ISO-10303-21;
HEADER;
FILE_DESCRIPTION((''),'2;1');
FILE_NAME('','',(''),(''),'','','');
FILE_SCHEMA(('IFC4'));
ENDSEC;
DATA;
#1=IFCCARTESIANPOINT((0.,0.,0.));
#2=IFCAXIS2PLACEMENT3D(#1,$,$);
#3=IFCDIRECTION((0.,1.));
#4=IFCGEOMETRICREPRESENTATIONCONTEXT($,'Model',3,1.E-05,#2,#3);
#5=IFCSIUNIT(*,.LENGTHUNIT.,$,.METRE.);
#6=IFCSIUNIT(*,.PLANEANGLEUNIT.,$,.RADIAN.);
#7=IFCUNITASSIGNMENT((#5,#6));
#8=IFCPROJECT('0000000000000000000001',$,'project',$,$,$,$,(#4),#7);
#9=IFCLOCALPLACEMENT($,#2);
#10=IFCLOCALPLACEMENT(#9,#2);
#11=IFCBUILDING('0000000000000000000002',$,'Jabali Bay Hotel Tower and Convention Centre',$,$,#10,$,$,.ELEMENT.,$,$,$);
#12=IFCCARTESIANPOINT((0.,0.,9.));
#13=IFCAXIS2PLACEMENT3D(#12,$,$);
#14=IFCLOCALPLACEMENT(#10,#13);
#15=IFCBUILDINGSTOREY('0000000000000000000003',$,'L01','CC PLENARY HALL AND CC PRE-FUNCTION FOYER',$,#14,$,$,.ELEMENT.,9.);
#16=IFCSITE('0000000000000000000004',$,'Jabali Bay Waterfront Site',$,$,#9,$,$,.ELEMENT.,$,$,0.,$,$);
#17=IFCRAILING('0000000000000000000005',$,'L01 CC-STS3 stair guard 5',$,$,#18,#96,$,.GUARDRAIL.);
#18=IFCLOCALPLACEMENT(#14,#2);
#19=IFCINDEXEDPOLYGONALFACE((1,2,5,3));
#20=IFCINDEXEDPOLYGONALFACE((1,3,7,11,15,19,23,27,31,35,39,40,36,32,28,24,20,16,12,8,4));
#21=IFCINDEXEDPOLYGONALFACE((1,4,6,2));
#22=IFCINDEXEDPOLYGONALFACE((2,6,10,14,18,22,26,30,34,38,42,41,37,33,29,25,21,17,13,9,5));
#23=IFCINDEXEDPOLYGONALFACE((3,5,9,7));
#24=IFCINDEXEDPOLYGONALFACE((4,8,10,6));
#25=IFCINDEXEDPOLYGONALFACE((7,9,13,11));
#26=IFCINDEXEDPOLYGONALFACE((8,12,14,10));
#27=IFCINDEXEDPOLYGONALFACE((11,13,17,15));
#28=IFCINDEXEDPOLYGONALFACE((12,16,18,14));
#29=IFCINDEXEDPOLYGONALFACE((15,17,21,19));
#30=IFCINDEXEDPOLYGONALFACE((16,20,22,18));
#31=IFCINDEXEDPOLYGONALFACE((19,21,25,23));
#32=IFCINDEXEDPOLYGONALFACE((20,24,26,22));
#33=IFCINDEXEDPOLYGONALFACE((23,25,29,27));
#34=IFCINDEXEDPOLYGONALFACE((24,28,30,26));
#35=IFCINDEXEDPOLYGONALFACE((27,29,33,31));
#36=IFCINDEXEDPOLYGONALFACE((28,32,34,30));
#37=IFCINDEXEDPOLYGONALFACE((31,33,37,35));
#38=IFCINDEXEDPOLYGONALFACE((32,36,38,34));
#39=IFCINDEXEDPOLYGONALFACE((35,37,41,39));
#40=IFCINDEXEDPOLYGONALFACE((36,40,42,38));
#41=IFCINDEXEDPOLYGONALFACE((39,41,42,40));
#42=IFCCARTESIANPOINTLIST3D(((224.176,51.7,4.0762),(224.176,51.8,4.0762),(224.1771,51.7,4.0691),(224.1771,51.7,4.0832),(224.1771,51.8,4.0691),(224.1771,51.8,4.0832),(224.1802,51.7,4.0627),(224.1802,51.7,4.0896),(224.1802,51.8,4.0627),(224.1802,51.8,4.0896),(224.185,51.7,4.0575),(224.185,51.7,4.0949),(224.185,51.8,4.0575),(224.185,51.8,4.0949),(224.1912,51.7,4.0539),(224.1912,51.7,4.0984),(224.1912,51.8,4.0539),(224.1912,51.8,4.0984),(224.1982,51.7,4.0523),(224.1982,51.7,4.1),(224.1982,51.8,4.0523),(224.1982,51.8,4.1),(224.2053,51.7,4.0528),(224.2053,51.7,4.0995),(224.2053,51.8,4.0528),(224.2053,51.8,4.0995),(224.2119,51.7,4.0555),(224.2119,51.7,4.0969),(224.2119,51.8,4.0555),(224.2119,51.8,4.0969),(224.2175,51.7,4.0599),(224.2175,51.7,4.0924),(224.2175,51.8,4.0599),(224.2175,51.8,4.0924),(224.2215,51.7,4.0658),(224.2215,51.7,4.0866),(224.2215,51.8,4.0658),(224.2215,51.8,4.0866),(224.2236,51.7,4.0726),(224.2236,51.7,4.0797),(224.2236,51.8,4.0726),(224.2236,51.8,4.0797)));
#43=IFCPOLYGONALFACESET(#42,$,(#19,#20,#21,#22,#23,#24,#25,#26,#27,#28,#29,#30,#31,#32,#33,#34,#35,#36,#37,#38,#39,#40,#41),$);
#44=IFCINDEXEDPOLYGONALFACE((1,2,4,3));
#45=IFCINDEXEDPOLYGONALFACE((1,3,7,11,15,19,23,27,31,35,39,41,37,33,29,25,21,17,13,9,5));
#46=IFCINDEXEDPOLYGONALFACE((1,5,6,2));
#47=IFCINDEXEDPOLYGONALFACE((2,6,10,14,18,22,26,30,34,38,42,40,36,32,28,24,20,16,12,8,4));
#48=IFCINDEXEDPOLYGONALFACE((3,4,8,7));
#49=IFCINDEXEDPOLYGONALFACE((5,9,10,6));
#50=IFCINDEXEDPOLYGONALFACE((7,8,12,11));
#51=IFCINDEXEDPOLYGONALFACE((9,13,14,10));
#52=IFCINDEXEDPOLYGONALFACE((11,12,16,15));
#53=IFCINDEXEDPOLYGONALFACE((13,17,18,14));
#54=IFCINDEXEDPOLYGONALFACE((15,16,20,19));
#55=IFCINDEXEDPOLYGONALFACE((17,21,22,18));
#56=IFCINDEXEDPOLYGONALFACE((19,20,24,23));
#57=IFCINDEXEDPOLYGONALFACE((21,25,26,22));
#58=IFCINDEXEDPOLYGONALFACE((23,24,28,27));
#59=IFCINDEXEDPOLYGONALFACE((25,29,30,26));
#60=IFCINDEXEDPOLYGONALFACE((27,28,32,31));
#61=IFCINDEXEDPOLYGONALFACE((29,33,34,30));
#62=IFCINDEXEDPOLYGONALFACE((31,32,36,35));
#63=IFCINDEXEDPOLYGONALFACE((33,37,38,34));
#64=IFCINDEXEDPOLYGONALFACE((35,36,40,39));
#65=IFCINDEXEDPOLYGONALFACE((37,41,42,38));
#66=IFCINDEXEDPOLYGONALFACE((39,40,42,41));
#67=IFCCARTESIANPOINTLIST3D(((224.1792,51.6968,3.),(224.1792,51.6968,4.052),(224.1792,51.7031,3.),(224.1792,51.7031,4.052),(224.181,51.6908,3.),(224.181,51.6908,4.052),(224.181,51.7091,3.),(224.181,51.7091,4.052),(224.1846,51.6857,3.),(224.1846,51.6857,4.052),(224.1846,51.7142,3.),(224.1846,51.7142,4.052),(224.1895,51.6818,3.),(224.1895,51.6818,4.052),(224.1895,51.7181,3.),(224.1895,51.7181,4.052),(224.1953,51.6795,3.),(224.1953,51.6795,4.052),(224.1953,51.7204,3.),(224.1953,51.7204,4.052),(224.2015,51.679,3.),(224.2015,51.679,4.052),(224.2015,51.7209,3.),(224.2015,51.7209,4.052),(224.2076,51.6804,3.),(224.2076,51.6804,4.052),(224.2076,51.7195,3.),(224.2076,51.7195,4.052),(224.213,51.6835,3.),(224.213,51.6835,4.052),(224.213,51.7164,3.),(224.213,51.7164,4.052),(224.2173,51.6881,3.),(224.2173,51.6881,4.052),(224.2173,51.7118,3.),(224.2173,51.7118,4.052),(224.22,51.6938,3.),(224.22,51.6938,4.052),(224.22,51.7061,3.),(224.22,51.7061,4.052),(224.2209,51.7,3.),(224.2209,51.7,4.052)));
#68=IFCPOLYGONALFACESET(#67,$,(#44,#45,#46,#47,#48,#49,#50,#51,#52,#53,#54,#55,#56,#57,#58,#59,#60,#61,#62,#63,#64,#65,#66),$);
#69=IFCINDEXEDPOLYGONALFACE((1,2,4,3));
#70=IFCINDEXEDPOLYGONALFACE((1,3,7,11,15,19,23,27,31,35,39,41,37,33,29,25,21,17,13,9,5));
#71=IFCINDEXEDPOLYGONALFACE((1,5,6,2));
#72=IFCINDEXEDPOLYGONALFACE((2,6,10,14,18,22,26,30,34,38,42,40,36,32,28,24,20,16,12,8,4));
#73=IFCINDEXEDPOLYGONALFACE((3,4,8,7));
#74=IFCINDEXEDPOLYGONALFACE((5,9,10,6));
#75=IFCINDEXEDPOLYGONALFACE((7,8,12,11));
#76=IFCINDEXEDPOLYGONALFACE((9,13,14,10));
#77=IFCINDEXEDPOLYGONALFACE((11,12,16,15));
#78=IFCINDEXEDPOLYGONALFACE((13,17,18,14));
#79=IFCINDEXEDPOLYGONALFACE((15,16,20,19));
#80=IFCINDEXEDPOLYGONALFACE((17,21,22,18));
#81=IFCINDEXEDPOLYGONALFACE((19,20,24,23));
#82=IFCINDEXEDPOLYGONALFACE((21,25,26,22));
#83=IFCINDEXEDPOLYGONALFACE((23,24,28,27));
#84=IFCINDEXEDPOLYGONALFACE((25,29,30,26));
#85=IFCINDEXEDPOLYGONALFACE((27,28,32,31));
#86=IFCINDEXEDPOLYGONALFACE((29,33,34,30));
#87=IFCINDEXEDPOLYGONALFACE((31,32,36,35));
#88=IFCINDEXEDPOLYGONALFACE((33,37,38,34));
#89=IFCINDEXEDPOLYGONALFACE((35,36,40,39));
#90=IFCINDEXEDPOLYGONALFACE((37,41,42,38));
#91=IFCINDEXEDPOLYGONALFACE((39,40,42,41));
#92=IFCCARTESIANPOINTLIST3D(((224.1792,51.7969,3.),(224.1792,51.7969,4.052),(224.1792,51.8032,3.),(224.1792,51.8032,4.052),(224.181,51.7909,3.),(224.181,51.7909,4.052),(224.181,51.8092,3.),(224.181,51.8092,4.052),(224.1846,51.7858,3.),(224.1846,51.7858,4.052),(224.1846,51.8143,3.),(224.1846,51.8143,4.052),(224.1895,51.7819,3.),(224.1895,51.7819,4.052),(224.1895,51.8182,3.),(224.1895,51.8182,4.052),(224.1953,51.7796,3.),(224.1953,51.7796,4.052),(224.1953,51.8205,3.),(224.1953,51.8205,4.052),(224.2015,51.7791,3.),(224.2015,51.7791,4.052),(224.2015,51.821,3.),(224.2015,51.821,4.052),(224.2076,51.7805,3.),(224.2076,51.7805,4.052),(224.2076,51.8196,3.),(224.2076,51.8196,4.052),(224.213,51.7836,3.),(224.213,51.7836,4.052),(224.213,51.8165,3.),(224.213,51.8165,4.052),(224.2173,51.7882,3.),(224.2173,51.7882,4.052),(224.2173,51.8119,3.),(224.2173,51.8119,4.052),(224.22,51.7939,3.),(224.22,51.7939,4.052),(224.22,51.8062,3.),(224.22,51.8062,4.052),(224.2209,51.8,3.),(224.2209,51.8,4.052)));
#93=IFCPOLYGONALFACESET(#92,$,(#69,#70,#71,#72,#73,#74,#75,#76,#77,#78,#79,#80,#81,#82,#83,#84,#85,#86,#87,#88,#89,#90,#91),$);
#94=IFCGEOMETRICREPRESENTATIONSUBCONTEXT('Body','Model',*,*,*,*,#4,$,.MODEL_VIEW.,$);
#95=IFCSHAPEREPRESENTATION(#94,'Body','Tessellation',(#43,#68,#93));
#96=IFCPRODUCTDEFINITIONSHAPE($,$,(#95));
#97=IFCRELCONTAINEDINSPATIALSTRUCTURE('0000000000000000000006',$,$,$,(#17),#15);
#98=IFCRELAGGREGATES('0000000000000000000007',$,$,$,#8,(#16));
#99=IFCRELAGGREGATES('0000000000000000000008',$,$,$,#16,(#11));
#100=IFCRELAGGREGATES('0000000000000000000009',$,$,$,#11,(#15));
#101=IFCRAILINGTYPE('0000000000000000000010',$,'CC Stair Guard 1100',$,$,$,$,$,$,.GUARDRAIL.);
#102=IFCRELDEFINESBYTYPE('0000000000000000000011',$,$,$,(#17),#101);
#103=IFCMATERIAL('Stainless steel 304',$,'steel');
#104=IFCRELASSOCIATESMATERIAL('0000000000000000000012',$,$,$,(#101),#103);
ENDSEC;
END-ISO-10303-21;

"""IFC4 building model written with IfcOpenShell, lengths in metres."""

from ifc_helpers import new_model, si_unit, direction, frame, origin, origin_2d, place, context, subcontext, project, spatial, circle, extrude, material, type_object, element, save


model = new_model("IFC4")

# Units and contexts
model_context = context("Model", 3, precision=1e-05, world=origin(), true_north=direction((0.0, 1.0)))
body_context = subcontext(model_context, "Body", "Model", "MODEL_VIEW")
ifc_project = project(units=[si_unit("LENGTHUNIT", "METRE"), si_unit("PLANEANGLEUNIT", "RADIAN")], contexts=[model_context])

# Site, building, storey
site_placement = place(None, origin())
site = spatial("IfcSite", under=ifc_project, at=site_placement, Name="Jabali Bay Waterfront Site", CompositionType="ELEMENT", RefElevation=0.0)
building_placement = place(site_placement, origin())
building = spatial("IfcBuilding", under=site, at=building_placement, Name="Jabali Bay Hotel Tower and Convention Centre", CompositionType="ELEMENT")
storey_placement = place(building_placement, frame((0.0, 0.0, 9.0)))
storey = spatial("IfcBuildingStorey", under=building, at=storey_placement, Name="L01", Description="CC PLENARY HALL AND CC PRE-FUNCTION FOYER", CompositionType="ELEMENT", Elevation=9.0)

# Railing
ifc_material_1 = material(Name="Stainless steel 304", Category="steel")
railing_type_1 = type_object("IfcRailingType", Name="CC Stair Guard 1100", PredefinedType="GUARDRAIL", material=ifc_material_1)
railing_1_placement = place(storey_placement, frame((224.2, 51.7, 3.0)))
element("IfcRailing", 1, at=railing_1_placement, inside=storey, type_object=railing_type_1, Name="L01 CC-STS3 stair guard 5", PredefinedType="GUARDRAIL", context=body_context, shape_type="SweptSolid", body=[
    extrude(circle(Radius=0.0239, at=origin_2d()), frame((0.0, 0.0, 1.0762), z_axis=(0.0, 1.0, 0.0), x_axis=(-1.0, 0.0, 0.0)), (0.0, 0.0, 1.0), 0.1001),
    extrude(circle(Radius=0.021, at=origin_2d()), origin(), (0.0, 0.0, 1.0), 1.052),
    extrude(circle(Radius=0.021, at=origin_2d()), frame((0.0, 0.1001, 0.0)), (0.0, 0.0, 1.0), 1.052),
])

save(model, "model.ifc")
